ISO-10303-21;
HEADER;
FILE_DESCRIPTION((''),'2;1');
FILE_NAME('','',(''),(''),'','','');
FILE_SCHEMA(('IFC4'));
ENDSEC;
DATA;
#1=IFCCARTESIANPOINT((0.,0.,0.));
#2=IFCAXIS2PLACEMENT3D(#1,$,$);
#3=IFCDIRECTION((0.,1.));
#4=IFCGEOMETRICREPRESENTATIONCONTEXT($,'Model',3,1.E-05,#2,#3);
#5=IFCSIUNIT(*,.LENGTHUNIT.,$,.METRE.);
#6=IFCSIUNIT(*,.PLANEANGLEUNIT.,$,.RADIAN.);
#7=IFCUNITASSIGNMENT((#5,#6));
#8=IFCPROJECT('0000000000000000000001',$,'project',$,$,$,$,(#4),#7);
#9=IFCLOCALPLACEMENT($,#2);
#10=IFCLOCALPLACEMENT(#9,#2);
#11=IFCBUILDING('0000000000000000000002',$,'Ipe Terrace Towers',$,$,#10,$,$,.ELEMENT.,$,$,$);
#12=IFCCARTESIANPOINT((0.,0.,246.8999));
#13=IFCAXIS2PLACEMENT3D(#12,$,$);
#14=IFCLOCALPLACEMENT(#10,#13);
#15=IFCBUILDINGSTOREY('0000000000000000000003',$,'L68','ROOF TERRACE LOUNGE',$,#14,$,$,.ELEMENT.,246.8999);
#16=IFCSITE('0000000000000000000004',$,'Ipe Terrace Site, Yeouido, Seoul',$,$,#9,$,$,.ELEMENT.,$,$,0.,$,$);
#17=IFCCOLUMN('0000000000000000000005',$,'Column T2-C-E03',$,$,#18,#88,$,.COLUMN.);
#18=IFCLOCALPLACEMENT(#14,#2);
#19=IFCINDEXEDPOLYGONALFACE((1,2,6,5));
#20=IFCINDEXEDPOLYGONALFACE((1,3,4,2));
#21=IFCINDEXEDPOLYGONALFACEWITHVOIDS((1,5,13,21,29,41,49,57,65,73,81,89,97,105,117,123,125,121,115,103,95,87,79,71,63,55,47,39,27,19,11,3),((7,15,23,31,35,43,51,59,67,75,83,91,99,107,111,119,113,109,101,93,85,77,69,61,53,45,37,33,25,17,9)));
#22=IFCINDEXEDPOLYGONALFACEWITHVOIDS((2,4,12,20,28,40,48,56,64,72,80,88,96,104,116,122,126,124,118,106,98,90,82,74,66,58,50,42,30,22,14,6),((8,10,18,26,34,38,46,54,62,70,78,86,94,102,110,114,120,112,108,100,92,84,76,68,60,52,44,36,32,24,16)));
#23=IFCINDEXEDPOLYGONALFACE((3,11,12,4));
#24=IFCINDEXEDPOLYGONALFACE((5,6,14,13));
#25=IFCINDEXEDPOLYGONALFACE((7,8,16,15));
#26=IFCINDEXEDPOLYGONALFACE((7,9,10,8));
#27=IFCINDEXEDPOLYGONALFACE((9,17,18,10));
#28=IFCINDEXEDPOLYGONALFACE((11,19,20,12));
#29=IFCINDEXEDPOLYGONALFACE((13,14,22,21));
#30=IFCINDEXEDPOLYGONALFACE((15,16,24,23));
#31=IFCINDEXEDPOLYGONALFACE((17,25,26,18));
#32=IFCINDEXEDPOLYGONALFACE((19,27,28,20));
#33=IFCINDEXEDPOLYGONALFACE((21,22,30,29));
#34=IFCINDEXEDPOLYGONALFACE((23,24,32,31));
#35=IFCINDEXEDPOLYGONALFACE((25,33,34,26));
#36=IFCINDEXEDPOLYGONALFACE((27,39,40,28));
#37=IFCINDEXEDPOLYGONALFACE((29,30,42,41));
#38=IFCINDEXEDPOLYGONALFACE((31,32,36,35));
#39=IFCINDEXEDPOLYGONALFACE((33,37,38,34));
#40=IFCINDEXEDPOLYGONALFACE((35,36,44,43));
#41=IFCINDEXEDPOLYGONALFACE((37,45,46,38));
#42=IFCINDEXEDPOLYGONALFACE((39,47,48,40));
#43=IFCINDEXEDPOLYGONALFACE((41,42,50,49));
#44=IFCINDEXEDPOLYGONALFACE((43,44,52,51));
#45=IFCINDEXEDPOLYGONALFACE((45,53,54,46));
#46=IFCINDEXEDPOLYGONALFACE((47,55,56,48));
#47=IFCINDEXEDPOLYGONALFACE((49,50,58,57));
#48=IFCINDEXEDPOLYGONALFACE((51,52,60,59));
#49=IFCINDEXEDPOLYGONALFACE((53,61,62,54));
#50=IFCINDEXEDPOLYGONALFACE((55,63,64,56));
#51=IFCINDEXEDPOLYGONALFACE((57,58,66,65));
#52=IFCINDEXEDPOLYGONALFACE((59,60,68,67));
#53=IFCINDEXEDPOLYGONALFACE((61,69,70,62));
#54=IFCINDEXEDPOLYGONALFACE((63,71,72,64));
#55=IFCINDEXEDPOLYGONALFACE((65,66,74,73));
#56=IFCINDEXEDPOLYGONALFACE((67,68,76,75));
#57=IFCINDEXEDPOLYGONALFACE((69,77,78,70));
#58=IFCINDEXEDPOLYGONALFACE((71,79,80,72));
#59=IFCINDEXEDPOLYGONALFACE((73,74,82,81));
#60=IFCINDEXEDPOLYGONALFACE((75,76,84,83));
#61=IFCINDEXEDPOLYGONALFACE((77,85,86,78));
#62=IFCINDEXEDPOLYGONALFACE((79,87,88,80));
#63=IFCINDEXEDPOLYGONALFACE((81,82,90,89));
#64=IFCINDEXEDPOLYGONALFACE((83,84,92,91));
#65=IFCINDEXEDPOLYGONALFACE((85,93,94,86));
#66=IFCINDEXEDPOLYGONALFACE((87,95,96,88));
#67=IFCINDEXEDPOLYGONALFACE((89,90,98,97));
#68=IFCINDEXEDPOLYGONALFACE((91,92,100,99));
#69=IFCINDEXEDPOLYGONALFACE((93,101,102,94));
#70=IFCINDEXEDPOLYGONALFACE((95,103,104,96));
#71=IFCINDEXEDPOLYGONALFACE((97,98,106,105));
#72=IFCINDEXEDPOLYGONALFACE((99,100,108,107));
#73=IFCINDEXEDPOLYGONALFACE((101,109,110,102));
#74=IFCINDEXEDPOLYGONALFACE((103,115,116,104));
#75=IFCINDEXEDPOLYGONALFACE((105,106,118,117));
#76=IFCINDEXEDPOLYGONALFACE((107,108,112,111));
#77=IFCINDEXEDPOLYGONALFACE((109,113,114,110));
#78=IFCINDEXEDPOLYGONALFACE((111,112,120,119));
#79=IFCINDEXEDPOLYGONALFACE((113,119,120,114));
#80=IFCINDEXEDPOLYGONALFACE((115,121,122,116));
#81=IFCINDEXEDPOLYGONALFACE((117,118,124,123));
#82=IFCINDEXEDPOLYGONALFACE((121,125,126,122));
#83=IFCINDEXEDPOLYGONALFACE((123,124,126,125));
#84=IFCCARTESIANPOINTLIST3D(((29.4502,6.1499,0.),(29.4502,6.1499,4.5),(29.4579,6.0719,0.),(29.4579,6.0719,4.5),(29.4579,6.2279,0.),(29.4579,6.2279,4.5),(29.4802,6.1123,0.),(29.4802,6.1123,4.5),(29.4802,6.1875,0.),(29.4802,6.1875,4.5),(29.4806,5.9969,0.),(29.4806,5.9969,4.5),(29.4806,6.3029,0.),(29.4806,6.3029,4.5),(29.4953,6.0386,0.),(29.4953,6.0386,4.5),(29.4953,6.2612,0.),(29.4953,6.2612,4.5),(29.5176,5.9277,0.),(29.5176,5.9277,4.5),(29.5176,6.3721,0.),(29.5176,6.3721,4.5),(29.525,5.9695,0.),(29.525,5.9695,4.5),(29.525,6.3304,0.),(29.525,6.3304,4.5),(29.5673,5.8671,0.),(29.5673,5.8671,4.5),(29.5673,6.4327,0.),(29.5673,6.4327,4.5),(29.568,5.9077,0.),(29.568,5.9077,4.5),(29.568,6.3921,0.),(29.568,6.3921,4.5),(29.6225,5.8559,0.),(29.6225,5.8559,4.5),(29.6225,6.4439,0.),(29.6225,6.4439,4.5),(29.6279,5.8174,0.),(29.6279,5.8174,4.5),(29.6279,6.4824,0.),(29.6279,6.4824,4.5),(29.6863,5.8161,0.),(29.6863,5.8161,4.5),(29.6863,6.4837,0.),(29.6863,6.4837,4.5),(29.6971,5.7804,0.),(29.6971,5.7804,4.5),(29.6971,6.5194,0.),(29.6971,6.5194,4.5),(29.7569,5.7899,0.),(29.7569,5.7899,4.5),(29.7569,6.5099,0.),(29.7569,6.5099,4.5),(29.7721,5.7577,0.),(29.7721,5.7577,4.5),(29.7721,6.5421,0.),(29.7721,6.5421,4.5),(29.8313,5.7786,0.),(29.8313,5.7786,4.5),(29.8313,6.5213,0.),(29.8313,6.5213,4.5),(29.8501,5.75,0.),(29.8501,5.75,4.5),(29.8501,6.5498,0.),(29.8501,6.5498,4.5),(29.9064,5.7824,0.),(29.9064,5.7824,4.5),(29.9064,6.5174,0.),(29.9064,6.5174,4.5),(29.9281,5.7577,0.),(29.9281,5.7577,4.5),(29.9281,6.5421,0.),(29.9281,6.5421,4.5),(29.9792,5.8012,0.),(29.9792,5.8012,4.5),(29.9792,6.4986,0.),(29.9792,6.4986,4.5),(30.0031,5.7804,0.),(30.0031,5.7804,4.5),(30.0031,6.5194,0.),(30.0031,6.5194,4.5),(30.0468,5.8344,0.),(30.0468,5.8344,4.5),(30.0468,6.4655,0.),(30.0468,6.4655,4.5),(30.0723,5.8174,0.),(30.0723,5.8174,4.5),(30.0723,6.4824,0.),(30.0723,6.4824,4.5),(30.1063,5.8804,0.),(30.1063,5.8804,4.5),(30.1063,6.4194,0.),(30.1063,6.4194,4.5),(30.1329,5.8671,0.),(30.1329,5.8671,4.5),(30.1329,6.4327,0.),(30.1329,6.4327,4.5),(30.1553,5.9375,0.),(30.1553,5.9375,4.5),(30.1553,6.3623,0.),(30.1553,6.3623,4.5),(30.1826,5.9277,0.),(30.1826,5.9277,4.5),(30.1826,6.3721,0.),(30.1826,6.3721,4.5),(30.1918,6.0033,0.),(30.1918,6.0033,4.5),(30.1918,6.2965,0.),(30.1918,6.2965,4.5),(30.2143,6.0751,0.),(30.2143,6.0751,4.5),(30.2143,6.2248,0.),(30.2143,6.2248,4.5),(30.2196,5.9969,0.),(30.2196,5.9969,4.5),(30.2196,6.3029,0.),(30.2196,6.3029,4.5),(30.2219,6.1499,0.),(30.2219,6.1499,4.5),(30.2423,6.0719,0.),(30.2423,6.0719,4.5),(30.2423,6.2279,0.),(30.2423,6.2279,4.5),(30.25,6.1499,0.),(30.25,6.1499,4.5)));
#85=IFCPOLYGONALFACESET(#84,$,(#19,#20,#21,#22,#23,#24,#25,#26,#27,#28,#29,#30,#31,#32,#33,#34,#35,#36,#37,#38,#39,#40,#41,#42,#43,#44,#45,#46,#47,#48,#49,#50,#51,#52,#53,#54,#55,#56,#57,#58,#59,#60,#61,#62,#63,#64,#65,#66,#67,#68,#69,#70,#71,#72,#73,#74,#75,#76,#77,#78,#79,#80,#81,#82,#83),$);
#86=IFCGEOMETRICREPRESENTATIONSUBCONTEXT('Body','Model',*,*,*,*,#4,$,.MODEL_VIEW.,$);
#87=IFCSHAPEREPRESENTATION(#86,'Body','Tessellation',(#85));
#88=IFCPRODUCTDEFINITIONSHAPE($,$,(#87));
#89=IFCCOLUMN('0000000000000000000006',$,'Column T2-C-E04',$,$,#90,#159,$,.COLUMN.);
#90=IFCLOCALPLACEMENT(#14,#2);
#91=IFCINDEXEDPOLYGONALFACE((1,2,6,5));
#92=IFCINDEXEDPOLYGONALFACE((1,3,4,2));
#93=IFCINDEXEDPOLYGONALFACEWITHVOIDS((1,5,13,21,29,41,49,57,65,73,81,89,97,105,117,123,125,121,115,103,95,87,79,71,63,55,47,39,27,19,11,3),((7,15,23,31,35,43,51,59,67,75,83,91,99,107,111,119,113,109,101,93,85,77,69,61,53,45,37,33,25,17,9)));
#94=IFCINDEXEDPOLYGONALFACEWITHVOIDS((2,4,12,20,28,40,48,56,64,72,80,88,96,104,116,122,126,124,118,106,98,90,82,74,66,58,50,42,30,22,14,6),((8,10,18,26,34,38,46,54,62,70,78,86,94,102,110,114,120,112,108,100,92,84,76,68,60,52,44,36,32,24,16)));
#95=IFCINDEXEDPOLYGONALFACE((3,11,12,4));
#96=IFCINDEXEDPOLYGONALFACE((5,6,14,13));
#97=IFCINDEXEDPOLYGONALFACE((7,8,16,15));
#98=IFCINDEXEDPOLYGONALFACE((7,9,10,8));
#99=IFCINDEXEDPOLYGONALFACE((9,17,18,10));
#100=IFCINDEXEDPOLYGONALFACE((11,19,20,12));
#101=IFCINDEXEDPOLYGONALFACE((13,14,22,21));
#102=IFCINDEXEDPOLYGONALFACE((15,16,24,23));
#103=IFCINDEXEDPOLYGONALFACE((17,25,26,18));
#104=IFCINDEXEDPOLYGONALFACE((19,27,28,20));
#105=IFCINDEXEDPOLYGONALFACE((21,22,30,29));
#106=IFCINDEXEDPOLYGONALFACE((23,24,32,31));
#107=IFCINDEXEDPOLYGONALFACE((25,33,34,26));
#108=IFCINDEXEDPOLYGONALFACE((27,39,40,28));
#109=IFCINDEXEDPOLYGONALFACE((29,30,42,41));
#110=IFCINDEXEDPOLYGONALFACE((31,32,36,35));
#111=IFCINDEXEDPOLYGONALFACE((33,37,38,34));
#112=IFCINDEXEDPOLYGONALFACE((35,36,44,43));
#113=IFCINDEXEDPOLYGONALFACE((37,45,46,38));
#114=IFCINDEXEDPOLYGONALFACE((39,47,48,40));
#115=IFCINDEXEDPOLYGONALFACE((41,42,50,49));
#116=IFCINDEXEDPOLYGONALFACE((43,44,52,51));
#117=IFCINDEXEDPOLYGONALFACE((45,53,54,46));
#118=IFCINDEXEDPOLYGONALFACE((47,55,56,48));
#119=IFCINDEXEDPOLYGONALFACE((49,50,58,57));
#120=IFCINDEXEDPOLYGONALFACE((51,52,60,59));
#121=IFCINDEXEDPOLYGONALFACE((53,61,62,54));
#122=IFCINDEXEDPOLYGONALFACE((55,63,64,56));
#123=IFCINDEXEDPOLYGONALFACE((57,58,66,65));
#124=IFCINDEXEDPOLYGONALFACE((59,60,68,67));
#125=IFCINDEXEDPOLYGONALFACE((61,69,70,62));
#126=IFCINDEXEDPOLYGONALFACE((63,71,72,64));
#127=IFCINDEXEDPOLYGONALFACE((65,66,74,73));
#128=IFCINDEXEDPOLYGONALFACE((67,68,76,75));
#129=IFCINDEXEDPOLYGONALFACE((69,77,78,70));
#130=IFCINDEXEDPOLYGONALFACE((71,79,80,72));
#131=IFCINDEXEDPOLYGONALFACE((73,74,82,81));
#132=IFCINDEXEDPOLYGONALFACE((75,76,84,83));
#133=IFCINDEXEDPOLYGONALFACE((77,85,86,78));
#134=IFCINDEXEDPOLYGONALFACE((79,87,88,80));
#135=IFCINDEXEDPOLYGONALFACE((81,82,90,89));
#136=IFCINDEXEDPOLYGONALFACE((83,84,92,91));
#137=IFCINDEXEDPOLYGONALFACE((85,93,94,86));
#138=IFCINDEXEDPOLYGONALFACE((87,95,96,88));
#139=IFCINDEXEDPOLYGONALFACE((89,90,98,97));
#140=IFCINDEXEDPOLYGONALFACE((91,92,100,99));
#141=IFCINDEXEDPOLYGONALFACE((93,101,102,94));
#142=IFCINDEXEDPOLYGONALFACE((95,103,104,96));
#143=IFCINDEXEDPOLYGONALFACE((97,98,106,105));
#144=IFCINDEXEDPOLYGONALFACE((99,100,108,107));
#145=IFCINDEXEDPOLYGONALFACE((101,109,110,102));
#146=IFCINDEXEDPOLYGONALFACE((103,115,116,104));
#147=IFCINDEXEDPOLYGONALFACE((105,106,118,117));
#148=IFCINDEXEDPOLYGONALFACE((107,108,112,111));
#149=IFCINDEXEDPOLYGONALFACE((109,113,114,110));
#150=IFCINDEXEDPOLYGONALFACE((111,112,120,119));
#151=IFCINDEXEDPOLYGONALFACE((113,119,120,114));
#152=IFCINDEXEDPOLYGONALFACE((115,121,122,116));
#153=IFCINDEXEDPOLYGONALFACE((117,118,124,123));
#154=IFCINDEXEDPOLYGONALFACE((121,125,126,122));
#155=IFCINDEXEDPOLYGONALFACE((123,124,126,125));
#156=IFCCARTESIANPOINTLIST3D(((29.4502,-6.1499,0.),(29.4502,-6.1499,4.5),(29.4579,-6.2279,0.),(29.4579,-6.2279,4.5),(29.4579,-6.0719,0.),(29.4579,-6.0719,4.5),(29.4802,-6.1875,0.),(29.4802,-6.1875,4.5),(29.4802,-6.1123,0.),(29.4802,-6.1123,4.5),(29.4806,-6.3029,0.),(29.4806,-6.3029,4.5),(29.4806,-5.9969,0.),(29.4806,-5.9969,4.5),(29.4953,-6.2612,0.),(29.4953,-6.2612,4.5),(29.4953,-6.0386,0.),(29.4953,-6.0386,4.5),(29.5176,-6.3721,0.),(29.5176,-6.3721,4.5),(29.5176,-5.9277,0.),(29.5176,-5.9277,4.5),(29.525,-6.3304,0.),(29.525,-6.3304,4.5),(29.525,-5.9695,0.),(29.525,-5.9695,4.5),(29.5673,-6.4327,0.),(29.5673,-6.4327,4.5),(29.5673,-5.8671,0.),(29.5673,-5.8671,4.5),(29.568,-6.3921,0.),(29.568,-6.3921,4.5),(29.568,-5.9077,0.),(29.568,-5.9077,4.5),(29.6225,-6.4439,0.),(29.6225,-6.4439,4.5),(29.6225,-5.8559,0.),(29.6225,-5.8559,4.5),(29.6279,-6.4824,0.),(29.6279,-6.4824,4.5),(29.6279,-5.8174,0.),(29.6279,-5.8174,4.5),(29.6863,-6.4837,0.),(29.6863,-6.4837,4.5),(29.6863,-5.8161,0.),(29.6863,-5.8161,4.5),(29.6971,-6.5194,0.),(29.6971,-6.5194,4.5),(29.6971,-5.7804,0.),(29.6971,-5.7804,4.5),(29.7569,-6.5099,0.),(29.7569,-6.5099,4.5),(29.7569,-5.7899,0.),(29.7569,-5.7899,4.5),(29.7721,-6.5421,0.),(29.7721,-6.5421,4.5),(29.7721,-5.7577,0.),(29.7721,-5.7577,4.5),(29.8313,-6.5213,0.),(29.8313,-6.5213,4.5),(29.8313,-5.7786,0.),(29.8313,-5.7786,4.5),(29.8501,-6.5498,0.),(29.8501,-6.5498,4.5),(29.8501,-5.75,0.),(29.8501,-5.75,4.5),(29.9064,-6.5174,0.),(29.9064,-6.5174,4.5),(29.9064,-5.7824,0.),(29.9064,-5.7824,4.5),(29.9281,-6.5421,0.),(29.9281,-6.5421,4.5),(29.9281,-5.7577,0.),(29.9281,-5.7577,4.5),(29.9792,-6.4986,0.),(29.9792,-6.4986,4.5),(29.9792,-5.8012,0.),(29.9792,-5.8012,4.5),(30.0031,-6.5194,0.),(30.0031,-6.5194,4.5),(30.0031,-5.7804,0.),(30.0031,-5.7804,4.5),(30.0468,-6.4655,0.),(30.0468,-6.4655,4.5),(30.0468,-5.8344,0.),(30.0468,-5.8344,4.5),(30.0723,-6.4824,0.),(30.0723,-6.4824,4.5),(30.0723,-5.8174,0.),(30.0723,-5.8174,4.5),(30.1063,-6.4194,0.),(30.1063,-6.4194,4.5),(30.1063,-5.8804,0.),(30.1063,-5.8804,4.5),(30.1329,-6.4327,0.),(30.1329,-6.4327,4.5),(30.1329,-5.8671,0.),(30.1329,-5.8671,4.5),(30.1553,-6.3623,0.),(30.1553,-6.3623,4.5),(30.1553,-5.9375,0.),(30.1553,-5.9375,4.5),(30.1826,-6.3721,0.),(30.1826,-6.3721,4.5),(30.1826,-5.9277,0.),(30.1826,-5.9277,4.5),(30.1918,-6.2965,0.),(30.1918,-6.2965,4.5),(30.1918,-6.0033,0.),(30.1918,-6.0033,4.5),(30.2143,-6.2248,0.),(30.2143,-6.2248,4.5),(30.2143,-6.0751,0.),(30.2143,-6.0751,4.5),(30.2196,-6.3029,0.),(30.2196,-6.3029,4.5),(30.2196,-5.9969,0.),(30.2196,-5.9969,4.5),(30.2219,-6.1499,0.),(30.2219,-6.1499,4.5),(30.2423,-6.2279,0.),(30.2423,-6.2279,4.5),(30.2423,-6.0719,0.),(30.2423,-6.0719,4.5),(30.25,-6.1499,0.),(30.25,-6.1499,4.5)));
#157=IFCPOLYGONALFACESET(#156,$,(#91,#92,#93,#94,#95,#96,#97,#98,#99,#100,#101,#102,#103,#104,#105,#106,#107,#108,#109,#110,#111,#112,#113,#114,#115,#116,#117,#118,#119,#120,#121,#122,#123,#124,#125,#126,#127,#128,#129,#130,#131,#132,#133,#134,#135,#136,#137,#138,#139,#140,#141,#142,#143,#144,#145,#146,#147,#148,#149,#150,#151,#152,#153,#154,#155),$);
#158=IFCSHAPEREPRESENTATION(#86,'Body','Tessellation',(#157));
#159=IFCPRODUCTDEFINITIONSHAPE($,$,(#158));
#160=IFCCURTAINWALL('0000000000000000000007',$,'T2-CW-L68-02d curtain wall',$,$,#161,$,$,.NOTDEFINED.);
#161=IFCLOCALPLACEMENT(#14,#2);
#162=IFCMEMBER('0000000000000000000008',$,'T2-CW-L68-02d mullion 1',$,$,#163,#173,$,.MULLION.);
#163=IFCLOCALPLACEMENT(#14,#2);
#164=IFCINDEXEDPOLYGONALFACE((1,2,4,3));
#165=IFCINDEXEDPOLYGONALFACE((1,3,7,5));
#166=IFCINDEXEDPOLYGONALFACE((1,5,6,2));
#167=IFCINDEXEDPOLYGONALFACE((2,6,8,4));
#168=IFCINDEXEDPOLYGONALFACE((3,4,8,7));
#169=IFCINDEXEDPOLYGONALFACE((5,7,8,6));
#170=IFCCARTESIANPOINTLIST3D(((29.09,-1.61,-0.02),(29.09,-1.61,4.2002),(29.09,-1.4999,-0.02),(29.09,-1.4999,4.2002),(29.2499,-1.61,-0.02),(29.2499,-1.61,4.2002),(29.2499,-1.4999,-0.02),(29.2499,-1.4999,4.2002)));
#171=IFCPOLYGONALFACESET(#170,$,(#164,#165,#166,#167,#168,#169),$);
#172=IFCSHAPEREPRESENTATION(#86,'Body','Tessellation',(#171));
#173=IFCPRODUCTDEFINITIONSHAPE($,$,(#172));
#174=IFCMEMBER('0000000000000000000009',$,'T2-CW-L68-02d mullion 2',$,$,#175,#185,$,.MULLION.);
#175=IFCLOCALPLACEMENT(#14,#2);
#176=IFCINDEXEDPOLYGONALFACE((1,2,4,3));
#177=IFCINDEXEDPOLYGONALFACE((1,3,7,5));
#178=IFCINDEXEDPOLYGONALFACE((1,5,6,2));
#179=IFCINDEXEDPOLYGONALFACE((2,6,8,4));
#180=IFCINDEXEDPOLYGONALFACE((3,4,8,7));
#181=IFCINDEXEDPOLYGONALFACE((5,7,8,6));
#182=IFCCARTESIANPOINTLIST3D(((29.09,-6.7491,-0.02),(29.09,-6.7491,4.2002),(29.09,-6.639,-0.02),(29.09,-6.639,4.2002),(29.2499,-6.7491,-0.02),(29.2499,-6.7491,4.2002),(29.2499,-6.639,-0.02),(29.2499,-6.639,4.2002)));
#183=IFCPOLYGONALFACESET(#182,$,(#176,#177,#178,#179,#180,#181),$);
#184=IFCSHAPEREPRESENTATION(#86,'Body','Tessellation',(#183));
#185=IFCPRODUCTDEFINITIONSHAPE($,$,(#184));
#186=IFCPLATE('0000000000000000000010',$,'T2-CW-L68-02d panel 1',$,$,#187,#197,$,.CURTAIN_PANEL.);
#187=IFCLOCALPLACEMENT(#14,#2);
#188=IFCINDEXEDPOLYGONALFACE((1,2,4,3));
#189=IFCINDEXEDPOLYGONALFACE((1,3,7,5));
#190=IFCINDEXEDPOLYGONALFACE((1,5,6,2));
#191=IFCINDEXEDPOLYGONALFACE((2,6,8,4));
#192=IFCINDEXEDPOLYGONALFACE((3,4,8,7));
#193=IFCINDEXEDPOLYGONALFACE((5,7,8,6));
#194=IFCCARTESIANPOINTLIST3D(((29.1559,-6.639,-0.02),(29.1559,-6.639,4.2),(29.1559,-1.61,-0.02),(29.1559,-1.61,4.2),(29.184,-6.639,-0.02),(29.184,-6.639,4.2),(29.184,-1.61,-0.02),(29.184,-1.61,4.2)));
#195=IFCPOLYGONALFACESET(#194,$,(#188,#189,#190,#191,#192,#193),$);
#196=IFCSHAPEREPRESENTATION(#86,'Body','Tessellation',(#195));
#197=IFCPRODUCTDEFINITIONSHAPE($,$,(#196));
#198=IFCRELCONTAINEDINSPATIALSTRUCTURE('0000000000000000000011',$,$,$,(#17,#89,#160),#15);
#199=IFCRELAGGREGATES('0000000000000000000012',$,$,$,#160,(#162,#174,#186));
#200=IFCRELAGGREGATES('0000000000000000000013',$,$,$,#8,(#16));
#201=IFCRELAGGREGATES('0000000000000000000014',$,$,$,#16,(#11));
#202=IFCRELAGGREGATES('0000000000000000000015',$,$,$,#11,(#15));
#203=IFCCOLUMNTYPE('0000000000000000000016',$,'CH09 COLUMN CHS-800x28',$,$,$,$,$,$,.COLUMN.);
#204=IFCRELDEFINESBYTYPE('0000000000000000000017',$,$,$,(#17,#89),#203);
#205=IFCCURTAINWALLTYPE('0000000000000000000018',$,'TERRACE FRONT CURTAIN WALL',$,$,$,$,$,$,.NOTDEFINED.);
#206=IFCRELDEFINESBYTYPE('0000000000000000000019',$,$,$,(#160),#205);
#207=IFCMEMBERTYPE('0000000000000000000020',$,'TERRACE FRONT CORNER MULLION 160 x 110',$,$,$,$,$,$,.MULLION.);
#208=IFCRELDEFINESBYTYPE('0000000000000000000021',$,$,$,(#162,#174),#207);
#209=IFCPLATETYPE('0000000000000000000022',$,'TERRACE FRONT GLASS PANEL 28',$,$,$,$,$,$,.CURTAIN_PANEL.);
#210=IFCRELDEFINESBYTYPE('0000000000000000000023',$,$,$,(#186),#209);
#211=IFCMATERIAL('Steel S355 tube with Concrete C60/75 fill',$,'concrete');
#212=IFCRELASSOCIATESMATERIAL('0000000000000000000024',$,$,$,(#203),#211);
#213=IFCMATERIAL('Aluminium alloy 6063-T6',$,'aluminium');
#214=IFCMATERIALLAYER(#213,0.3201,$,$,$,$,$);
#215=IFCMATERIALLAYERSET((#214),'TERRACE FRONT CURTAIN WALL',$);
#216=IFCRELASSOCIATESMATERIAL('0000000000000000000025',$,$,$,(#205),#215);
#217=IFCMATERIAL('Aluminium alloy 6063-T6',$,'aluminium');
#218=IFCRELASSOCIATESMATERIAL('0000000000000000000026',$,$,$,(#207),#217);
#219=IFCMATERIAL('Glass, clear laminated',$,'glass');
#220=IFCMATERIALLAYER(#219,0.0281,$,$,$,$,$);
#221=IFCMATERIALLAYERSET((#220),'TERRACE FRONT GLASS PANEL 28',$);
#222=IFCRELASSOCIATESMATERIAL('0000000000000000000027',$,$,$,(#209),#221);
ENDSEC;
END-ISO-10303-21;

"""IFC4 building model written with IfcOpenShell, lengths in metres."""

from ifc_helpers import new_model, si_unit, direction, frame, origin, origin_2d, place, context, subcontext, project, spatial, rectangle, hollow_circle, extrude, material, layer, layer_set, material_profile, profile_set, type_object, element, aggregate, save


model = new_model("IFC4")

# Units and contexts
model_context = context("Model", 3, precision=1e-05, world=origin(), true_north=direction((0.0, 1.0)))
body_context = subcontext(model_context, "Body", "Model", "MODEL_VIEW")
ifc_project = project(units=[si_unit("LENGTHUNIT", "METRE"), si_unit("PLANEANGLEUNIT", "RADIAN")], contexts=[model_context])

# Site, building, storey
site_placement = place(None, origin())
site = spatial("IfcSite", under=ifc_project, at=site_placement, Name="Ipe Terrace Site, Yeouido, Seoul", CompositionType="ELEMENT", RefElevation=0.0)
building_placement = place(site_placement, origin())
building = spatial("IfcBuilding", under=site, at=building_placement, Name="Ipe Terrace Towers", CompositionType="ELEMENT")
storey_placement = place(building_placement, frame((0.0, 0.0, 246.8999)))
storey = spatial("IfcBuildingStorey", under=building, at=storey_placement, Name="L68", Description="ROOF TERRACE LOUNGE", CompositionType="ELEMENT", Elevation=246.8999)

# Columns
ifc_material_1 = material(Name="Steel S355 tube with Concrete C60/75 fill", Category="concrete")
ifc_material_profile_1 = material_profile(ifc_material_1, hollow_circle(Radius=0.3999, WallThickness=0.0281, at=origin_2d()), Name="CHS-800x28")
ifc_profile_set_1 = profile_set([ifc_material_profile_1], Name="Steel S355 tube with Concrete C60/75 fill")
column_type = type_object("IfcColumnType", Name="CH09 COLUMN CHS-800x28", PredefinedType="COLUMN", material=ifc_profile_set_1)
for number, where, z_axis, x_axis, name in (
    (1, (29.8501, 6.1499, 0.0), (0.0, 0.0, 1.0), (1.0, 0.0, 0.0), "Column T2-C-E03"),
    (2, (29.8501, -6.1499, 0.0), (0.0, 0.0, 1.0), (1.0, 0.0, 0.0), "Column T2-C-E04"),
):
    element("IfcColumn", number, at=place(storey_placement, frame(where, z_axis=z_axis, x_axis=x_axis)), inside=storey, type_object=column_type, Name=name, PredefinedType="COLUMN", context=body_context, shape_type="SweptSolid", body=[
        extrude(hollow_circle(Radius=0.3999, WallThickness=0.0281, at=origin_2d()), origin(), (0.0, 0.0, 1.0), 4.5),
    ])

# Curtain wall, members, plate
ifc_material_2 = material(Name="Aluminium alloy 6063-T6", Category="aluminium")
ifc_layer_1 = layer(ifc_material_2, 0.3201)
ifc_layer_set_1 = layer_set([ifc_layer_1], Name="TERRACE FRONT CURTAIN WALL")
curtain_wall_type = type_object("IfcCurtainWallType", Name="TERRACE FRONT CURTAIN WALL", PredefinedType="NOTDEFINED", material=ifc_layer_set_1)
curtain_wall_placement = place(storey_placement, origin())
curtain_wall = element("IfcCurtainWall", 3, at=curtain_wall_placement, inside=storey, type_object=curtain_wall_type, Name="T2-CW-L68-02d curtain wall", PredefinedType="NOTDEFINED")
ifc_material_3 = material(Name="Aluminium alloy 6063-T6", Category="aluminium")
ifc_material_profile_2 = material_profile(ifc_material_3, rectangle(XDim=0.1599, YDim=0.1101, at=origin_2d()), Name="TERRACE FRONT CORNER MULLION 160 x 110")
ifc_profile_set_2 = profile_set([ifc_material_profile_2], Name="Aluminium alloy 6063-T6")
member_type = type_object("IfcMemberType", Name="TERRACE FRONT CORNER MULLION 160 x 110", PredefinedType="MULLION", material=ifc_profile_set_2)
member_1_placement = place(storey_placement, frame((29.1699, -1.5549, -0.02), z_axis=(0.0, 0.0, 1.0), x_axis=(-1.0, 0.0, 0.0)))
member_1 = element("IfcMember", 4, at=member_1_placement, type_object=member_type, Name="T2-CW-L68-02d mullion 1", PredefinedType="MULLION", context=body_context, shape_type="SweptSolid", body=[
    extrude(rectangle(XDim=0.1599, YDim=0.1101, at=origin_2d()), origin(), (0.0, 0.0, 1.0), 4.2202),
])
member_2_placement = place(storey_placement, frame((29.1699, -6.6941, -0.02), z_axis=(0.0, 0.0, 1.0), x_axis=(-1.0, 0.0, 0.0)))
member_2 = element("IfcMember", 5, at=member_2_placement, type_object=member_type, Name="T2-CW-L68-02d mullion 2", PredefinedType="MULLION", context=body_context, shape_type="SweptSolid", body=[
    extrude(rectangle(XDim=0.1599, YDim=0.1101, at=origin_2d()), origin(), (0.0, 0.0, 1.0), 4.2202),
])
ifc_material_4 = material(Name="Glass, clear laminated", Category="glass")
ifc_layer_2 = layer(ifc_material_4, 0.0281)
ifc_layer_set_2 = layer_set([ifc_layer_2], Name="TERRACE FRONT GLASS PANEL 28")
plate_type = type_object("IfcPlateType", Name="TERRACE FRONT GLASS PANEL 28", PredefinedType="CURTAIN_PANEL", material=ifc_layer_set_2)
plate_placement = place(storey_placement, frame((29.1699, -4.1245, -0.02), z_axis=(0.0, 0.0, 1.0), x_axis=(0.0, -1.0, 0.0)))
plate = element("IfcPlate", 6, at=plate_placement, type_object=plate_type, Name="T2-CW-L68-02d panel 1", PredefinedType="CURTAIN_PANEL", context=body_context, shape_type="SweptSolid", body=[
    extrude(rectangle(XDim=5.0291, YDim=0.0281, at=origin_2d()), origin(), (0.0, 0.0, 1.0), 4.22),
])
aggregate(curtain_wall, [member_1, member_2, plate])

save(model, "model.ifc")
